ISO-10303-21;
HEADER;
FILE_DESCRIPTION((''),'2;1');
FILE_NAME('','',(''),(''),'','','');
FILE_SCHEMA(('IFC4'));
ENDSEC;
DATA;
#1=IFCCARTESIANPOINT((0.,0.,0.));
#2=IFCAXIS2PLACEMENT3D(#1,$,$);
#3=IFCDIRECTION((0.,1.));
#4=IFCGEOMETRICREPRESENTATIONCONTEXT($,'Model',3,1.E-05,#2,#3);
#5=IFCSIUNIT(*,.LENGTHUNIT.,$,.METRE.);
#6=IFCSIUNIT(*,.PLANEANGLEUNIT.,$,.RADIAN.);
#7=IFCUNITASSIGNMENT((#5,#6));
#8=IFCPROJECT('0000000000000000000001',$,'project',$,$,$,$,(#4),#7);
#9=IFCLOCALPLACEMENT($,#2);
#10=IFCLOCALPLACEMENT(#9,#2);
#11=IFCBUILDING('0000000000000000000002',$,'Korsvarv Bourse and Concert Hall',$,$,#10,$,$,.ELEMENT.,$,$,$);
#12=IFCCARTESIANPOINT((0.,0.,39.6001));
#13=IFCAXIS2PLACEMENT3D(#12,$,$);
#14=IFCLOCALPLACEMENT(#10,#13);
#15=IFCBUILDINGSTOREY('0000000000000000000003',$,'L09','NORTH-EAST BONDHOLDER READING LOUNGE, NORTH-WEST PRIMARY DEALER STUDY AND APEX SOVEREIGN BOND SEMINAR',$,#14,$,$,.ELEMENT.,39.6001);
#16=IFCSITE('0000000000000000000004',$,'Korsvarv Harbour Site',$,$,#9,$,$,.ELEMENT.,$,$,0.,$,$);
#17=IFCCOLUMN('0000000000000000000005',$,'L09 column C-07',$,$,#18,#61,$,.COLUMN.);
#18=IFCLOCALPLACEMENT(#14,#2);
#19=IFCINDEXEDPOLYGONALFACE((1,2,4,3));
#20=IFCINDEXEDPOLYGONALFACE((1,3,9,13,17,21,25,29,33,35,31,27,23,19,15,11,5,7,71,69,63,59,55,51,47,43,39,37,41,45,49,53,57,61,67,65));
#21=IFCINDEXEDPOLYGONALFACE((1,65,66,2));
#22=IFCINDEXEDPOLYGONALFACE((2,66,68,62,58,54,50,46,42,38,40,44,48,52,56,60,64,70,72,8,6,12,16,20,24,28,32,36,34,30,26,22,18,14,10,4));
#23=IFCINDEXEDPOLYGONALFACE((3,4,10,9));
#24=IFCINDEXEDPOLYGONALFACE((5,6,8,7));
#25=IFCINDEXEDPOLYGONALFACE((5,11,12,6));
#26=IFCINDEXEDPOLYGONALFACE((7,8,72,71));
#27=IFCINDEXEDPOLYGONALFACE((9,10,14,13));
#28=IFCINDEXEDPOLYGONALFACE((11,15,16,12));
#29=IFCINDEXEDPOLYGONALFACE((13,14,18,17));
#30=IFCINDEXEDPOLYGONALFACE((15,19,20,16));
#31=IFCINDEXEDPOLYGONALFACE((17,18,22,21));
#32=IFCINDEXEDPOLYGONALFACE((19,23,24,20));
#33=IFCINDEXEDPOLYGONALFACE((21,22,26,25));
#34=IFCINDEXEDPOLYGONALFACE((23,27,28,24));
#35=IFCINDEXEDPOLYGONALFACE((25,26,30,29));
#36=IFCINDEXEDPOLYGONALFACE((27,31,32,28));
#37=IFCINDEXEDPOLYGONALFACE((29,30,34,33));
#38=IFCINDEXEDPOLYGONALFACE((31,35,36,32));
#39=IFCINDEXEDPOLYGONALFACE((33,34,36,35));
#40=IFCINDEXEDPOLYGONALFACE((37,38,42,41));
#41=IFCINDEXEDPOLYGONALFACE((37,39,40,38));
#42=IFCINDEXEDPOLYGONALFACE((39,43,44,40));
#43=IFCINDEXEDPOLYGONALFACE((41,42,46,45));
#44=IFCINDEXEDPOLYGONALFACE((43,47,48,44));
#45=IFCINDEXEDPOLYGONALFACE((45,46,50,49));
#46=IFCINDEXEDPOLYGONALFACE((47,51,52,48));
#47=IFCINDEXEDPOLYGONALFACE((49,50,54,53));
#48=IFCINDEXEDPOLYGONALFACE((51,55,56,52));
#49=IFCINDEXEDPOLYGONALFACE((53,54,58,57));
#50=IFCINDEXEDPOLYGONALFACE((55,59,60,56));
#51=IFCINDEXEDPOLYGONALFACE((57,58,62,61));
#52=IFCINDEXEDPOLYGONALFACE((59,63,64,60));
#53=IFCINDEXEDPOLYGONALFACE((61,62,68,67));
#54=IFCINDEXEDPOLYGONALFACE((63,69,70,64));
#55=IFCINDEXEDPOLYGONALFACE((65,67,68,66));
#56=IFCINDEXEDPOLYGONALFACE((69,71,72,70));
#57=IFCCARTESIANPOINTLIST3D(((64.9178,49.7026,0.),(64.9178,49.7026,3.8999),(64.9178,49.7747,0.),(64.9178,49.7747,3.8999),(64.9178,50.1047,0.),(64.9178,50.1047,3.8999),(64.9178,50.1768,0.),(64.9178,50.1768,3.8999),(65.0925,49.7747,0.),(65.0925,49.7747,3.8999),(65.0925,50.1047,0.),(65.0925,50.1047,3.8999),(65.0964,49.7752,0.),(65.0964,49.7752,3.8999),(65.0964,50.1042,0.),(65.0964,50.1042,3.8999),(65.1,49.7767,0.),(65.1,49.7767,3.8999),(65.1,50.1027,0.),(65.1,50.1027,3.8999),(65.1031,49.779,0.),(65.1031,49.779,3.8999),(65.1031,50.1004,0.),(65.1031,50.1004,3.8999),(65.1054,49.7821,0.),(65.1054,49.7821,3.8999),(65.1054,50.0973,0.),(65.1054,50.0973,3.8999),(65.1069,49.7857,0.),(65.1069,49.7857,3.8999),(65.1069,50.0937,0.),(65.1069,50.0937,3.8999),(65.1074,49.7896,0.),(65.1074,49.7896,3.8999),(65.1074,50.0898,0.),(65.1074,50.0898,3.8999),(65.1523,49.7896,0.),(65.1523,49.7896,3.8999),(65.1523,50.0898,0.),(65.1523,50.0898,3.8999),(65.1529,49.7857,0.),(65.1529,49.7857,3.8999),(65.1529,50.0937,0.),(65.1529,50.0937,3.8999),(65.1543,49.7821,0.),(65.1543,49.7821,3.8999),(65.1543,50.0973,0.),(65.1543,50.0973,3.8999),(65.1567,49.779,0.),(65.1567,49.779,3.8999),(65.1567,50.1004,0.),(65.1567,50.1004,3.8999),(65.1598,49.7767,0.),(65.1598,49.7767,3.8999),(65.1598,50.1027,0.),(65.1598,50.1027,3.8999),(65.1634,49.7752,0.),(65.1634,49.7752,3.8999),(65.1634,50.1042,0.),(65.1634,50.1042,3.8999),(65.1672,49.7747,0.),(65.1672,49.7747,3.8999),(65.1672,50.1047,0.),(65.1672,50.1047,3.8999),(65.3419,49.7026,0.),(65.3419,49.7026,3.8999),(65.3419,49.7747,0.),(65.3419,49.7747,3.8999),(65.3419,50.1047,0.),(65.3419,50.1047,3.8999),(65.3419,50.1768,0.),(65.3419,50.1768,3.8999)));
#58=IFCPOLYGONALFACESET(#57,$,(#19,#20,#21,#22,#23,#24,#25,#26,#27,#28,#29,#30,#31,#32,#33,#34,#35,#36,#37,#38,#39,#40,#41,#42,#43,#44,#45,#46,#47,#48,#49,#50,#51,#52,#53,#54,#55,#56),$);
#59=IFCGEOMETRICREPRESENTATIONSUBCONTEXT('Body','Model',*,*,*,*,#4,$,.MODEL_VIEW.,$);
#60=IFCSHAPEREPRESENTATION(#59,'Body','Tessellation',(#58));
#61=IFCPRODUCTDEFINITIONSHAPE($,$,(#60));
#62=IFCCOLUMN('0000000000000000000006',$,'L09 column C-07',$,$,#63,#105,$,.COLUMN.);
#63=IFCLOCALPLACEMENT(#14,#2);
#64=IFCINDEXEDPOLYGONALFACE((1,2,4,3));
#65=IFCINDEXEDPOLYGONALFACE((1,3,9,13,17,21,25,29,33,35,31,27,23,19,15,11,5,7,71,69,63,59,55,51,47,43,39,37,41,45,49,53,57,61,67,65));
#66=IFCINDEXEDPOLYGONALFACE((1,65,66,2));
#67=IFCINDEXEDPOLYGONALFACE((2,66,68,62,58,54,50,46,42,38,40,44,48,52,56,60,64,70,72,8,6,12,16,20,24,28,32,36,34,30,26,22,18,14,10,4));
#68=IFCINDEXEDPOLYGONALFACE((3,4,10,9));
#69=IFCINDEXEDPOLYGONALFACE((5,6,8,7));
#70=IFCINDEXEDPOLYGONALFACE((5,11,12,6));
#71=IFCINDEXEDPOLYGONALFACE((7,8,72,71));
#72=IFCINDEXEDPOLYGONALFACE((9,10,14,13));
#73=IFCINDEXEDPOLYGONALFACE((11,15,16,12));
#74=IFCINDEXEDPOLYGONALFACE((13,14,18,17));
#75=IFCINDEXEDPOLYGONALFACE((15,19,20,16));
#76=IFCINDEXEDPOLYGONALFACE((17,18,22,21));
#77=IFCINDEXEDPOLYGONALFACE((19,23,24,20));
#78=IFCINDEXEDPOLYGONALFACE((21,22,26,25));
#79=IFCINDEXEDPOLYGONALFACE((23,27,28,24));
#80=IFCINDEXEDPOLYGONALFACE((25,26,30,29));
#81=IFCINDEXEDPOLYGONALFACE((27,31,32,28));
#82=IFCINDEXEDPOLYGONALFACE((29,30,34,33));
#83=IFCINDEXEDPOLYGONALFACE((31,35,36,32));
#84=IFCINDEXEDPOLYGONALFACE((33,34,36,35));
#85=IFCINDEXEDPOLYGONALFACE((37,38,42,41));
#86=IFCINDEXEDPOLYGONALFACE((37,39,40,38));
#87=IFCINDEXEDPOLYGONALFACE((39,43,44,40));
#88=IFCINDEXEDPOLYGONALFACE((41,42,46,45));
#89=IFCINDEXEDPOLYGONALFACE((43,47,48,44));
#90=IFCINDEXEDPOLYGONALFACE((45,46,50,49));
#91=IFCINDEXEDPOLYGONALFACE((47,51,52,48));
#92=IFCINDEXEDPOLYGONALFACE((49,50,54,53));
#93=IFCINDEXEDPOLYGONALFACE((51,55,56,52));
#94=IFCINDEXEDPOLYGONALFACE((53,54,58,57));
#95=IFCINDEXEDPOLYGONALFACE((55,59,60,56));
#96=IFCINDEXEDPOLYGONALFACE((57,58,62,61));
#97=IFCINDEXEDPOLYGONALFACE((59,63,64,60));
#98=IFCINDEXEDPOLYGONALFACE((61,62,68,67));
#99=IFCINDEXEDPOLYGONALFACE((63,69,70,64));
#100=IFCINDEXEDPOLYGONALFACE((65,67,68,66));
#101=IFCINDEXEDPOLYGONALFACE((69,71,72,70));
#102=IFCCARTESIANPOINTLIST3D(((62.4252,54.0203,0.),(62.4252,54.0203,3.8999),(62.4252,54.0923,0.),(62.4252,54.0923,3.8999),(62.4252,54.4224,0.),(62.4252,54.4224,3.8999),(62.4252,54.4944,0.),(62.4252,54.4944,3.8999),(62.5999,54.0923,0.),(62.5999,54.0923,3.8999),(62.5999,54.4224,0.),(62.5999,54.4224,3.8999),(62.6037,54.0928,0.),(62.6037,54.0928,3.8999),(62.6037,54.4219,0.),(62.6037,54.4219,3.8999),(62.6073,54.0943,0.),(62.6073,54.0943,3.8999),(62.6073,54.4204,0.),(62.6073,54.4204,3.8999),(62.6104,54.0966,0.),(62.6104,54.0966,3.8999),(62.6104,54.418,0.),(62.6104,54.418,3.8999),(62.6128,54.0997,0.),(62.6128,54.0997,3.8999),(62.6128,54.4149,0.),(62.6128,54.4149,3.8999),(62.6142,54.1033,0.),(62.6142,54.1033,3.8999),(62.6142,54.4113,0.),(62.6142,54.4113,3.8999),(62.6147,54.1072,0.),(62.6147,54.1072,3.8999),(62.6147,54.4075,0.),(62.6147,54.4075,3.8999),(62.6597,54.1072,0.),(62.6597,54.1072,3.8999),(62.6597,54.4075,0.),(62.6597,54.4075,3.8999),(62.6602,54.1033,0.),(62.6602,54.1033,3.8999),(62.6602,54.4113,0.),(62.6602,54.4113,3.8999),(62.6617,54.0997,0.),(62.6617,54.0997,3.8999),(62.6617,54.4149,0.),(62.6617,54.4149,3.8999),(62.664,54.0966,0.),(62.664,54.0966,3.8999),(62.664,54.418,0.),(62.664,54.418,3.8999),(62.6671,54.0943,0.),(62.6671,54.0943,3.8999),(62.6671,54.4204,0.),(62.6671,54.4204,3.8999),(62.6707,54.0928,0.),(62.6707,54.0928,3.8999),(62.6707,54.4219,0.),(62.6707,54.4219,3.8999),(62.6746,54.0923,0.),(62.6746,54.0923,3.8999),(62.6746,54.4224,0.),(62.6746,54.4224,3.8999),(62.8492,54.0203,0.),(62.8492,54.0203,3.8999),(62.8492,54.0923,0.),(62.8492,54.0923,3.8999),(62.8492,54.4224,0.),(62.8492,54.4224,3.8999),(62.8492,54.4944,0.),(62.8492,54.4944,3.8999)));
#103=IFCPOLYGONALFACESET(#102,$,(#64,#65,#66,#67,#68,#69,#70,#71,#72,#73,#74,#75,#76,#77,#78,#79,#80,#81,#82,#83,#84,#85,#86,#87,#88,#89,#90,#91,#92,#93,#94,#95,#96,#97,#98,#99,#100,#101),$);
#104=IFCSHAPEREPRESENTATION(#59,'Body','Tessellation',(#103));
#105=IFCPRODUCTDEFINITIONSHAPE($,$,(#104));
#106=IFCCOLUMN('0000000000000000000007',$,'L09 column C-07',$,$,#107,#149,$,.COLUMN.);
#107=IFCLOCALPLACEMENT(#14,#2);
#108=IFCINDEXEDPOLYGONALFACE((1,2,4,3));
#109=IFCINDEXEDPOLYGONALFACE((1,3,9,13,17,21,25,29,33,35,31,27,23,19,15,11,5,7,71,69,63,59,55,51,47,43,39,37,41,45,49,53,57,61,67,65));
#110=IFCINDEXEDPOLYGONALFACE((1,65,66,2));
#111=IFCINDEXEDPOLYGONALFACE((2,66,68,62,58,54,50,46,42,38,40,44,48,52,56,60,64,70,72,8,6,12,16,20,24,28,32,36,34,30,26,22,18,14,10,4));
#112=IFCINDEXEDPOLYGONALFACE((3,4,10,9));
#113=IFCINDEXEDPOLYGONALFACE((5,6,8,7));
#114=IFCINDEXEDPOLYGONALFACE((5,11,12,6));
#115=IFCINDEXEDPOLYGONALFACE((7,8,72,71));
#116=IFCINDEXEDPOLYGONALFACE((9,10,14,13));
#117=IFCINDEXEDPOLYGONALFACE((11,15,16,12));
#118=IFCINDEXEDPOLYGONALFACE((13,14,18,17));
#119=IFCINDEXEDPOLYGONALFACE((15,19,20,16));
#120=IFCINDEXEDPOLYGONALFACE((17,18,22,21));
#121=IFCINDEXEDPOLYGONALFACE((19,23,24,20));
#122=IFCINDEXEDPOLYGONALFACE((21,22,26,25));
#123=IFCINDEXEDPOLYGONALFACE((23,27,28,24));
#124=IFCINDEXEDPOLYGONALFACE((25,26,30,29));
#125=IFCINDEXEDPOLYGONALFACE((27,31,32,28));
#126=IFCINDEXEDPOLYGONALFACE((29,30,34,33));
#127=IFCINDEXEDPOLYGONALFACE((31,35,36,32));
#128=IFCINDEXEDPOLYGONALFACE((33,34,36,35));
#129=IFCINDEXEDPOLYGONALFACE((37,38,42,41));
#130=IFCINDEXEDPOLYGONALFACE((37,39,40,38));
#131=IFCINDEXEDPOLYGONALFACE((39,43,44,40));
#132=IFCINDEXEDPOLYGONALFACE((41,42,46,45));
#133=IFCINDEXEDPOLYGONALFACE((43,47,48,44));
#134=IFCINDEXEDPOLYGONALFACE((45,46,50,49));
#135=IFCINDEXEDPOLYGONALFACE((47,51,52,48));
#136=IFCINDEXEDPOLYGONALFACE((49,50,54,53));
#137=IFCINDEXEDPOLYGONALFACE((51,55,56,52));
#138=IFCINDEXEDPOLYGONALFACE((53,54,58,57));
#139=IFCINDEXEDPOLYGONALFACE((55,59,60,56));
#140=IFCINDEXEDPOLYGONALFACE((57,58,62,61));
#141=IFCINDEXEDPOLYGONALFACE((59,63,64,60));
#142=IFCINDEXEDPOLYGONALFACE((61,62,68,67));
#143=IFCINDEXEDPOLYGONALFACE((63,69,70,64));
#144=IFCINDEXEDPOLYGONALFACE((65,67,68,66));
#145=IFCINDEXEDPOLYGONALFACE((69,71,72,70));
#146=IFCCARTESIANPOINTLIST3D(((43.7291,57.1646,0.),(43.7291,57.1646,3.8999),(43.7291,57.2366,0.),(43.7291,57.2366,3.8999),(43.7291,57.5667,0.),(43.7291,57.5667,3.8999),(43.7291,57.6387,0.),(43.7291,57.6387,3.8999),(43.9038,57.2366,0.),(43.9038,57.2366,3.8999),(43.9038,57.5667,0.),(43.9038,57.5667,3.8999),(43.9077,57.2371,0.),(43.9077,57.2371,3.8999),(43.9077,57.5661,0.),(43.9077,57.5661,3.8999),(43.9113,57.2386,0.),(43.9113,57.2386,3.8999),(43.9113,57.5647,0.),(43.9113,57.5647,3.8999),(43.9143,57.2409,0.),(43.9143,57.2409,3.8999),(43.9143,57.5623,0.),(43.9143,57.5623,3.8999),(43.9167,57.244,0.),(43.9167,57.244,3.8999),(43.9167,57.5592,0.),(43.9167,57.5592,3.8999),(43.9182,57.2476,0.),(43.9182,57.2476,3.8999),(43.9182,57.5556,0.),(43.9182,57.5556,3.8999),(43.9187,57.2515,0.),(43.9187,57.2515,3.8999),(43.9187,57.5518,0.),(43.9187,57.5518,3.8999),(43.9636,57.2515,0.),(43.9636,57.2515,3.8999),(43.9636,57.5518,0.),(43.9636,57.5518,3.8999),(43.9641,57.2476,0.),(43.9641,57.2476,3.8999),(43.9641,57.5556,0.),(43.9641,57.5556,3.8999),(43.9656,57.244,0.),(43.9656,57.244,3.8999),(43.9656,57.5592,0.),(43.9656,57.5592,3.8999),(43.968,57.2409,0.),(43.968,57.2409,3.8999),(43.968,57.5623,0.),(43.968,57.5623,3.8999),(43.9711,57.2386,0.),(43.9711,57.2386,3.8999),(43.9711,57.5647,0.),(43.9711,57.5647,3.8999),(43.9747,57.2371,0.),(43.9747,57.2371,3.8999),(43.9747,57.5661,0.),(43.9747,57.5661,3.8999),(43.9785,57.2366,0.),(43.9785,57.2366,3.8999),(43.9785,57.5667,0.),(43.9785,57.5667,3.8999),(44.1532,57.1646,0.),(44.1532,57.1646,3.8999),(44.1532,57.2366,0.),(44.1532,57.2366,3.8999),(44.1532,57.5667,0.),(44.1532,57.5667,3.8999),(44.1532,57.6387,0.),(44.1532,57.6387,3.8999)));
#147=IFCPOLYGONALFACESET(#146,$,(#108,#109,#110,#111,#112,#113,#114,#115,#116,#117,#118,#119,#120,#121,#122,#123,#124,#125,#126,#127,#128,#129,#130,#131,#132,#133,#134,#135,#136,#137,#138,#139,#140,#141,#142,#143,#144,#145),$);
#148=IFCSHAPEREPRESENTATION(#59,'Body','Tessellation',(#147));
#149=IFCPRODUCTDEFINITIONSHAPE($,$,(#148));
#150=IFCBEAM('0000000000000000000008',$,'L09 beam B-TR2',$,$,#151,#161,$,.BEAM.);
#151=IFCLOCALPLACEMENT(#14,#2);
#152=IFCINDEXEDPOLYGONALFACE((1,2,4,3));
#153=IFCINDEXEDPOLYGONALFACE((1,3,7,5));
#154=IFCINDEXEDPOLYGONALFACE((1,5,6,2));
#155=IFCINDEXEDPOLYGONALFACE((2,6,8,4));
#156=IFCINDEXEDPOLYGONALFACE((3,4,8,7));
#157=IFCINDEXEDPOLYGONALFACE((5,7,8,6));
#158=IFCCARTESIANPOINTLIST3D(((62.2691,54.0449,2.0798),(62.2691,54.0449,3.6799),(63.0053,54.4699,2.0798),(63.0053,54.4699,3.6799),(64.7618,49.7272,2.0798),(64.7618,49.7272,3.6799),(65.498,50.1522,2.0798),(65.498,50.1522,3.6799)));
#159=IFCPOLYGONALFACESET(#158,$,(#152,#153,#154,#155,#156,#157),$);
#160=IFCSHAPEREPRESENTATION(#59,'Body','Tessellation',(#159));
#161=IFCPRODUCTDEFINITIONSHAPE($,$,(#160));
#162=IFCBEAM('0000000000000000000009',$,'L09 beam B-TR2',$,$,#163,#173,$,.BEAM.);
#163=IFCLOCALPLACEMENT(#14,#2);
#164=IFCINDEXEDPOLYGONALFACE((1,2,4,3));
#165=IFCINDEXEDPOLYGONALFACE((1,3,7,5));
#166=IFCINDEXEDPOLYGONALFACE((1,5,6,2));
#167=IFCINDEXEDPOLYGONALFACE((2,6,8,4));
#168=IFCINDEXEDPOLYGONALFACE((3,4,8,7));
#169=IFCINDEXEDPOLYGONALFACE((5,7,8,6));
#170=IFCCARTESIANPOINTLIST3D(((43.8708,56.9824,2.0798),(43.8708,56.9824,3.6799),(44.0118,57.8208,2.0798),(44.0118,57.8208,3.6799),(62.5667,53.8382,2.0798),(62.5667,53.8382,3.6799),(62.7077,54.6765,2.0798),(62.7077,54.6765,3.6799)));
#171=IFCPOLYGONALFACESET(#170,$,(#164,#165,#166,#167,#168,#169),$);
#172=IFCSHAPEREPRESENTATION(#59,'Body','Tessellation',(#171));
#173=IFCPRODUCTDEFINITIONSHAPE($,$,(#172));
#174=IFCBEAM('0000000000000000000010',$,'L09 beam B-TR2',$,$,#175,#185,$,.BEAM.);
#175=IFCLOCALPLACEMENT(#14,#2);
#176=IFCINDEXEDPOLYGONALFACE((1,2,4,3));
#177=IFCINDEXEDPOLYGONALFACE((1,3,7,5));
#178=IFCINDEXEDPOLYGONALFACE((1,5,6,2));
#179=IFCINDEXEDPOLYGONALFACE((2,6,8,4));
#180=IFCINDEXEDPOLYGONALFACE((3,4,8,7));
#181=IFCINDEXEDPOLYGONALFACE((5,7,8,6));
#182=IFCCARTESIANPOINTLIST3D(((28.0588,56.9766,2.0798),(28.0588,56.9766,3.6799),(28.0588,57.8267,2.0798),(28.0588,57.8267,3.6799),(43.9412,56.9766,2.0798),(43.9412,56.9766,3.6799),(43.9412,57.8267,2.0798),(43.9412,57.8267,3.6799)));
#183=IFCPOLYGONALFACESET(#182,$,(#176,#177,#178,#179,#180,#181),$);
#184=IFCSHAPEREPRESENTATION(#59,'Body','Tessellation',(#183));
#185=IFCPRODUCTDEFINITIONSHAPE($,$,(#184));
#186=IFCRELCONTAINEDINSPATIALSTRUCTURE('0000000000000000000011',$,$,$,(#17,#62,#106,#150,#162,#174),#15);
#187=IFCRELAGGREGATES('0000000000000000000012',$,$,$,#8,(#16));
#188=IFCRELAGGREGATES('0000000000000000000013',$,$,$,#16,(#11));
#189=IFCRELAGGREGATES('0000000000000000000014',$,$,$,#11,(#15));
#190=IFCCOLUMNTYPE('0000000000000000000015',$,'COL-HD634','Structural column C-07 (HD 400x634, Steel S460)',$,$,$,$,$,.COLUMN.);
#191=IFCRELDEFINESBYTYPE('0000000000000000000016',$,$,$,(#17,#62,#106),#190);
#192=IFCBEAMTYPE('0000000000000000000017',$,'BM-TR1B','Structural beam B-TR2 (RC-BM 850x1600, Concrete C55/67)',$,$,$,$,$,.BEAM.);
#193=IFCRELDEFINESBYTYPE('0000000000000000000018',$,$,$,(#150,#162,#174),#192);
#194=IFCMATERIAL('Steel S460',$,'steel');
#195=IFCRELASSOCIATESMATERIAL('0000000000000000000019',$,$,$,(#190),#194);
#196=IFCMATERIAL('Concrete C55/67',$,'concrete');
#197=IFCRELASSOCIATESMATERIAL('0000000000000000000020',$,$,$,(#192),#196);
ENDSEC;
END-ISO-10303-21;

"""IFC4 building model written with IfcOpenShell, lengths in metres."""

from ifc_helpers import new_model, si_unit, direction, frame, origin, origin_2d, place, context, subcontext, project, spatial, rectangle, i_section, extrude, source, transform, mapped, material, material_profile, profile_set, type_object, element, save


model = new_model("IFC4")

# Units and contexts
model_context = context("Model", 3, precision=1e-05, world=origin(), true_north=direction((0.0, 1.0)))
body_context = subcontext(model_context, "Body", "Model", "MODEL_VIEW")
ifc_project = project(units=[si_unit("LENGTHUNIT", "METRE"), si_unit("PLANEANGLEUNIT", "RADIAN")], contexts=[model_context])

# Site, building, storey
site_placement = place(None, origin())
site = spatial("IfcSite", under=ifc_project, at=site_placement, Name="Korsvarv Harbour Site", CompositionType="ELEMENT", RefElevation=0.0)
building_placement = place(site_placement, origin())
building = spatial("IfcBuilding", under=site, at=building_placement, Name="Korsvarv Bourse and Concert Hall", CompositionType="ELEMENT")
storey_placement = place(building_placement, frame((0.0, 0.0, 39.6001)))
storey = spatial("IfcBuildingStorey", under=building, at=storey_placement, Name="L09", Description="NORTH-EAST BONDHOLDER READING LOUNGE, NORTH-WEST PRIMARY DEALER STUDY AND APEX SOVEREIGN BOND SEMINAR", CompositionType="ELEMENT", Elevation=39.6001)

# Columns
ifc_material_1 = material(Name="Steel S460", Category="steel")
ifc_material_profile_1 = material_profile(ifc_material_1, i_section(OverallWidth=0.4241, OverallDepth=0.4741, WebThickness=0.0449, FlangeThickness=0.072, FilletRadius=0.0149, at=origin_2d()), Name="HD 400x634")
ifc_profile_set_1 = profile_set([ifc_material_profile_1], Name="Steel S460")
column_type = type_object("IfcColumnType", Name="COL-HD634", Description="Structural column C-07 (HD 400x634, Steel S460)", PredefinedType="COLUMN", material=ifc_profile_set_1)
shared_shape_1 = source(origin(), body_context, "Body", "SweptSolid", [
    extrude(i_section(OverallWidth=0.4241, OverallDepth=0.4741, WebThickness=0.0449, FlangeThickness=0.072, FilletRadius=0.0149, at=origin_2d()), origin(), (0.0, 0.0, 1.0), 3.8999),
])
for number, where, z_axis, x_axis, name in (
    (1, (65.1299, 49.9397, 0.0), (0.0, 0.0, 1.0), (1.0, 0.0, 0.0), "L09 column C-07"),
    (2, (62.6372, 54.2573, 0.0), (0.0, 0.0, 1.0), (1.0, 0.0, 0.0), "L09 column C-07"),
    (3, (43.9412, 57.4016, 0.0), (0.0, 0.0, 1.0), (1.0, 0.0, 0.0), "L09 column C-07"),
):
    element("IfcColumn", number, at=place(storey_placement, frame(where, z_axis=z_axis, x_axis=x_axis)), inside=storey, type_object=column_type, Name=name, PredefinedType="COLUMN", context=body_context, shape_type="MappedRepresentation", body=[
        mapped(shared_shape_1, transform((0.0, 0.0, 0.0), scale=1.0)),
    ])

# Beams
ifc_material_2 = material(Name="Concrete C55/67", Category="concrete")
ifc_material_profile_2 = material_profile(ifc_material_2, rectangle(XDim=0.8501, YDim=1.6001, at=origin_2d()), Name="RC-BM 850x1600")
ifc_profile_set_2 = profile_set([ifc_material_profile_2], Name="Concrete C55/67")
beam_type_1 = type_object("IfcBeamType", Name="BM-TR1B", Description="Structural beam B-TR2 (RC-BM 850x1600, Concrete C55/67)", PredefinedType="BEAM", material=ifc_profile_set_2)
shared_shape_2 = source(origin(), body_context, "Body", "SweptSolid", [
    extrude(rectangle(XDim=0.8501, YDim=1.6001, at=origin_2d()), origin(), (0.0, 0.0, 1.0), 4.9856),
])
beam_1_placement = place(storey_placement, frame((65.1299, 49.9397, 2.8799), z_axis=(-0.499984, 0.866035, 0.0), x_axis=(-0.866035, -0.499984, 0.0)))
element("IfcBeam", 4, at=beam_1_placement, inside=storey, type_object=beam_type_1, Name="L09 beam B-TR2", PredefinedType="BEAM", context=body_context, shape_type="MappedRepresentation", body=[
    mapped(shared_shape_2, transform((0.0, 0.0, 0.0), scale=1.0)),
])
shared_shape_3 = source(origin(), body_context, "Body", "SweptSolid", [
    extrude(rectangle(XDim=0.8501, YDim=1.6001, at=origin_2d()), origin(), (0.0, 0.0, 1.0), 18.9585),
])
beam_2_placement = place(storey_placement, frame((62.6372, 54.2573, 2.8799), z_axis=(-0.986151, 0.16585, 0.0), x_axis=(-0.16585, -0.986151, 0.0)))
element("IfcBeam", 5, at=beam_2_placement, inside=storey, type_object=beam_type_1, Name="L09 beam B-TR2", PredefinedType="BEAM", context=body_context, shape_type="MappedRepresentation", body=[
    mapped(shared_shape_3, transform((0.0, 0.0, 0.0), scale=1.0)),
])
shared_shape_4 = source(origin(), body_context, "Body", "SweptSolid", [
    extrude(rectangle(XDim=0.8501, YDim=1.6001, at=origin_2d()), origin(), (0.0, 0.0, 1.0), 15.8823),
])
beam_3_placement = place(storey_placement, frame((43.9412, 57.4016, 2.8799), z_axis=(-1.0, 0.0, 0.0), x_axis=(0.0, -1.0, 0.0)))
element("IfcBeam", 6, at=beam_3_placement, inside=storey, type_object=beam_type_1, Name="L09 beam B-TR2", PredefinedType="BEAM", context=body_context, shape_type="MappedRepresentation", body=[
    mapped(shared_shape_4, transform((0.0, 0.0, 0.0), scale=1.0)),
])

save(model, "model.ifc")
